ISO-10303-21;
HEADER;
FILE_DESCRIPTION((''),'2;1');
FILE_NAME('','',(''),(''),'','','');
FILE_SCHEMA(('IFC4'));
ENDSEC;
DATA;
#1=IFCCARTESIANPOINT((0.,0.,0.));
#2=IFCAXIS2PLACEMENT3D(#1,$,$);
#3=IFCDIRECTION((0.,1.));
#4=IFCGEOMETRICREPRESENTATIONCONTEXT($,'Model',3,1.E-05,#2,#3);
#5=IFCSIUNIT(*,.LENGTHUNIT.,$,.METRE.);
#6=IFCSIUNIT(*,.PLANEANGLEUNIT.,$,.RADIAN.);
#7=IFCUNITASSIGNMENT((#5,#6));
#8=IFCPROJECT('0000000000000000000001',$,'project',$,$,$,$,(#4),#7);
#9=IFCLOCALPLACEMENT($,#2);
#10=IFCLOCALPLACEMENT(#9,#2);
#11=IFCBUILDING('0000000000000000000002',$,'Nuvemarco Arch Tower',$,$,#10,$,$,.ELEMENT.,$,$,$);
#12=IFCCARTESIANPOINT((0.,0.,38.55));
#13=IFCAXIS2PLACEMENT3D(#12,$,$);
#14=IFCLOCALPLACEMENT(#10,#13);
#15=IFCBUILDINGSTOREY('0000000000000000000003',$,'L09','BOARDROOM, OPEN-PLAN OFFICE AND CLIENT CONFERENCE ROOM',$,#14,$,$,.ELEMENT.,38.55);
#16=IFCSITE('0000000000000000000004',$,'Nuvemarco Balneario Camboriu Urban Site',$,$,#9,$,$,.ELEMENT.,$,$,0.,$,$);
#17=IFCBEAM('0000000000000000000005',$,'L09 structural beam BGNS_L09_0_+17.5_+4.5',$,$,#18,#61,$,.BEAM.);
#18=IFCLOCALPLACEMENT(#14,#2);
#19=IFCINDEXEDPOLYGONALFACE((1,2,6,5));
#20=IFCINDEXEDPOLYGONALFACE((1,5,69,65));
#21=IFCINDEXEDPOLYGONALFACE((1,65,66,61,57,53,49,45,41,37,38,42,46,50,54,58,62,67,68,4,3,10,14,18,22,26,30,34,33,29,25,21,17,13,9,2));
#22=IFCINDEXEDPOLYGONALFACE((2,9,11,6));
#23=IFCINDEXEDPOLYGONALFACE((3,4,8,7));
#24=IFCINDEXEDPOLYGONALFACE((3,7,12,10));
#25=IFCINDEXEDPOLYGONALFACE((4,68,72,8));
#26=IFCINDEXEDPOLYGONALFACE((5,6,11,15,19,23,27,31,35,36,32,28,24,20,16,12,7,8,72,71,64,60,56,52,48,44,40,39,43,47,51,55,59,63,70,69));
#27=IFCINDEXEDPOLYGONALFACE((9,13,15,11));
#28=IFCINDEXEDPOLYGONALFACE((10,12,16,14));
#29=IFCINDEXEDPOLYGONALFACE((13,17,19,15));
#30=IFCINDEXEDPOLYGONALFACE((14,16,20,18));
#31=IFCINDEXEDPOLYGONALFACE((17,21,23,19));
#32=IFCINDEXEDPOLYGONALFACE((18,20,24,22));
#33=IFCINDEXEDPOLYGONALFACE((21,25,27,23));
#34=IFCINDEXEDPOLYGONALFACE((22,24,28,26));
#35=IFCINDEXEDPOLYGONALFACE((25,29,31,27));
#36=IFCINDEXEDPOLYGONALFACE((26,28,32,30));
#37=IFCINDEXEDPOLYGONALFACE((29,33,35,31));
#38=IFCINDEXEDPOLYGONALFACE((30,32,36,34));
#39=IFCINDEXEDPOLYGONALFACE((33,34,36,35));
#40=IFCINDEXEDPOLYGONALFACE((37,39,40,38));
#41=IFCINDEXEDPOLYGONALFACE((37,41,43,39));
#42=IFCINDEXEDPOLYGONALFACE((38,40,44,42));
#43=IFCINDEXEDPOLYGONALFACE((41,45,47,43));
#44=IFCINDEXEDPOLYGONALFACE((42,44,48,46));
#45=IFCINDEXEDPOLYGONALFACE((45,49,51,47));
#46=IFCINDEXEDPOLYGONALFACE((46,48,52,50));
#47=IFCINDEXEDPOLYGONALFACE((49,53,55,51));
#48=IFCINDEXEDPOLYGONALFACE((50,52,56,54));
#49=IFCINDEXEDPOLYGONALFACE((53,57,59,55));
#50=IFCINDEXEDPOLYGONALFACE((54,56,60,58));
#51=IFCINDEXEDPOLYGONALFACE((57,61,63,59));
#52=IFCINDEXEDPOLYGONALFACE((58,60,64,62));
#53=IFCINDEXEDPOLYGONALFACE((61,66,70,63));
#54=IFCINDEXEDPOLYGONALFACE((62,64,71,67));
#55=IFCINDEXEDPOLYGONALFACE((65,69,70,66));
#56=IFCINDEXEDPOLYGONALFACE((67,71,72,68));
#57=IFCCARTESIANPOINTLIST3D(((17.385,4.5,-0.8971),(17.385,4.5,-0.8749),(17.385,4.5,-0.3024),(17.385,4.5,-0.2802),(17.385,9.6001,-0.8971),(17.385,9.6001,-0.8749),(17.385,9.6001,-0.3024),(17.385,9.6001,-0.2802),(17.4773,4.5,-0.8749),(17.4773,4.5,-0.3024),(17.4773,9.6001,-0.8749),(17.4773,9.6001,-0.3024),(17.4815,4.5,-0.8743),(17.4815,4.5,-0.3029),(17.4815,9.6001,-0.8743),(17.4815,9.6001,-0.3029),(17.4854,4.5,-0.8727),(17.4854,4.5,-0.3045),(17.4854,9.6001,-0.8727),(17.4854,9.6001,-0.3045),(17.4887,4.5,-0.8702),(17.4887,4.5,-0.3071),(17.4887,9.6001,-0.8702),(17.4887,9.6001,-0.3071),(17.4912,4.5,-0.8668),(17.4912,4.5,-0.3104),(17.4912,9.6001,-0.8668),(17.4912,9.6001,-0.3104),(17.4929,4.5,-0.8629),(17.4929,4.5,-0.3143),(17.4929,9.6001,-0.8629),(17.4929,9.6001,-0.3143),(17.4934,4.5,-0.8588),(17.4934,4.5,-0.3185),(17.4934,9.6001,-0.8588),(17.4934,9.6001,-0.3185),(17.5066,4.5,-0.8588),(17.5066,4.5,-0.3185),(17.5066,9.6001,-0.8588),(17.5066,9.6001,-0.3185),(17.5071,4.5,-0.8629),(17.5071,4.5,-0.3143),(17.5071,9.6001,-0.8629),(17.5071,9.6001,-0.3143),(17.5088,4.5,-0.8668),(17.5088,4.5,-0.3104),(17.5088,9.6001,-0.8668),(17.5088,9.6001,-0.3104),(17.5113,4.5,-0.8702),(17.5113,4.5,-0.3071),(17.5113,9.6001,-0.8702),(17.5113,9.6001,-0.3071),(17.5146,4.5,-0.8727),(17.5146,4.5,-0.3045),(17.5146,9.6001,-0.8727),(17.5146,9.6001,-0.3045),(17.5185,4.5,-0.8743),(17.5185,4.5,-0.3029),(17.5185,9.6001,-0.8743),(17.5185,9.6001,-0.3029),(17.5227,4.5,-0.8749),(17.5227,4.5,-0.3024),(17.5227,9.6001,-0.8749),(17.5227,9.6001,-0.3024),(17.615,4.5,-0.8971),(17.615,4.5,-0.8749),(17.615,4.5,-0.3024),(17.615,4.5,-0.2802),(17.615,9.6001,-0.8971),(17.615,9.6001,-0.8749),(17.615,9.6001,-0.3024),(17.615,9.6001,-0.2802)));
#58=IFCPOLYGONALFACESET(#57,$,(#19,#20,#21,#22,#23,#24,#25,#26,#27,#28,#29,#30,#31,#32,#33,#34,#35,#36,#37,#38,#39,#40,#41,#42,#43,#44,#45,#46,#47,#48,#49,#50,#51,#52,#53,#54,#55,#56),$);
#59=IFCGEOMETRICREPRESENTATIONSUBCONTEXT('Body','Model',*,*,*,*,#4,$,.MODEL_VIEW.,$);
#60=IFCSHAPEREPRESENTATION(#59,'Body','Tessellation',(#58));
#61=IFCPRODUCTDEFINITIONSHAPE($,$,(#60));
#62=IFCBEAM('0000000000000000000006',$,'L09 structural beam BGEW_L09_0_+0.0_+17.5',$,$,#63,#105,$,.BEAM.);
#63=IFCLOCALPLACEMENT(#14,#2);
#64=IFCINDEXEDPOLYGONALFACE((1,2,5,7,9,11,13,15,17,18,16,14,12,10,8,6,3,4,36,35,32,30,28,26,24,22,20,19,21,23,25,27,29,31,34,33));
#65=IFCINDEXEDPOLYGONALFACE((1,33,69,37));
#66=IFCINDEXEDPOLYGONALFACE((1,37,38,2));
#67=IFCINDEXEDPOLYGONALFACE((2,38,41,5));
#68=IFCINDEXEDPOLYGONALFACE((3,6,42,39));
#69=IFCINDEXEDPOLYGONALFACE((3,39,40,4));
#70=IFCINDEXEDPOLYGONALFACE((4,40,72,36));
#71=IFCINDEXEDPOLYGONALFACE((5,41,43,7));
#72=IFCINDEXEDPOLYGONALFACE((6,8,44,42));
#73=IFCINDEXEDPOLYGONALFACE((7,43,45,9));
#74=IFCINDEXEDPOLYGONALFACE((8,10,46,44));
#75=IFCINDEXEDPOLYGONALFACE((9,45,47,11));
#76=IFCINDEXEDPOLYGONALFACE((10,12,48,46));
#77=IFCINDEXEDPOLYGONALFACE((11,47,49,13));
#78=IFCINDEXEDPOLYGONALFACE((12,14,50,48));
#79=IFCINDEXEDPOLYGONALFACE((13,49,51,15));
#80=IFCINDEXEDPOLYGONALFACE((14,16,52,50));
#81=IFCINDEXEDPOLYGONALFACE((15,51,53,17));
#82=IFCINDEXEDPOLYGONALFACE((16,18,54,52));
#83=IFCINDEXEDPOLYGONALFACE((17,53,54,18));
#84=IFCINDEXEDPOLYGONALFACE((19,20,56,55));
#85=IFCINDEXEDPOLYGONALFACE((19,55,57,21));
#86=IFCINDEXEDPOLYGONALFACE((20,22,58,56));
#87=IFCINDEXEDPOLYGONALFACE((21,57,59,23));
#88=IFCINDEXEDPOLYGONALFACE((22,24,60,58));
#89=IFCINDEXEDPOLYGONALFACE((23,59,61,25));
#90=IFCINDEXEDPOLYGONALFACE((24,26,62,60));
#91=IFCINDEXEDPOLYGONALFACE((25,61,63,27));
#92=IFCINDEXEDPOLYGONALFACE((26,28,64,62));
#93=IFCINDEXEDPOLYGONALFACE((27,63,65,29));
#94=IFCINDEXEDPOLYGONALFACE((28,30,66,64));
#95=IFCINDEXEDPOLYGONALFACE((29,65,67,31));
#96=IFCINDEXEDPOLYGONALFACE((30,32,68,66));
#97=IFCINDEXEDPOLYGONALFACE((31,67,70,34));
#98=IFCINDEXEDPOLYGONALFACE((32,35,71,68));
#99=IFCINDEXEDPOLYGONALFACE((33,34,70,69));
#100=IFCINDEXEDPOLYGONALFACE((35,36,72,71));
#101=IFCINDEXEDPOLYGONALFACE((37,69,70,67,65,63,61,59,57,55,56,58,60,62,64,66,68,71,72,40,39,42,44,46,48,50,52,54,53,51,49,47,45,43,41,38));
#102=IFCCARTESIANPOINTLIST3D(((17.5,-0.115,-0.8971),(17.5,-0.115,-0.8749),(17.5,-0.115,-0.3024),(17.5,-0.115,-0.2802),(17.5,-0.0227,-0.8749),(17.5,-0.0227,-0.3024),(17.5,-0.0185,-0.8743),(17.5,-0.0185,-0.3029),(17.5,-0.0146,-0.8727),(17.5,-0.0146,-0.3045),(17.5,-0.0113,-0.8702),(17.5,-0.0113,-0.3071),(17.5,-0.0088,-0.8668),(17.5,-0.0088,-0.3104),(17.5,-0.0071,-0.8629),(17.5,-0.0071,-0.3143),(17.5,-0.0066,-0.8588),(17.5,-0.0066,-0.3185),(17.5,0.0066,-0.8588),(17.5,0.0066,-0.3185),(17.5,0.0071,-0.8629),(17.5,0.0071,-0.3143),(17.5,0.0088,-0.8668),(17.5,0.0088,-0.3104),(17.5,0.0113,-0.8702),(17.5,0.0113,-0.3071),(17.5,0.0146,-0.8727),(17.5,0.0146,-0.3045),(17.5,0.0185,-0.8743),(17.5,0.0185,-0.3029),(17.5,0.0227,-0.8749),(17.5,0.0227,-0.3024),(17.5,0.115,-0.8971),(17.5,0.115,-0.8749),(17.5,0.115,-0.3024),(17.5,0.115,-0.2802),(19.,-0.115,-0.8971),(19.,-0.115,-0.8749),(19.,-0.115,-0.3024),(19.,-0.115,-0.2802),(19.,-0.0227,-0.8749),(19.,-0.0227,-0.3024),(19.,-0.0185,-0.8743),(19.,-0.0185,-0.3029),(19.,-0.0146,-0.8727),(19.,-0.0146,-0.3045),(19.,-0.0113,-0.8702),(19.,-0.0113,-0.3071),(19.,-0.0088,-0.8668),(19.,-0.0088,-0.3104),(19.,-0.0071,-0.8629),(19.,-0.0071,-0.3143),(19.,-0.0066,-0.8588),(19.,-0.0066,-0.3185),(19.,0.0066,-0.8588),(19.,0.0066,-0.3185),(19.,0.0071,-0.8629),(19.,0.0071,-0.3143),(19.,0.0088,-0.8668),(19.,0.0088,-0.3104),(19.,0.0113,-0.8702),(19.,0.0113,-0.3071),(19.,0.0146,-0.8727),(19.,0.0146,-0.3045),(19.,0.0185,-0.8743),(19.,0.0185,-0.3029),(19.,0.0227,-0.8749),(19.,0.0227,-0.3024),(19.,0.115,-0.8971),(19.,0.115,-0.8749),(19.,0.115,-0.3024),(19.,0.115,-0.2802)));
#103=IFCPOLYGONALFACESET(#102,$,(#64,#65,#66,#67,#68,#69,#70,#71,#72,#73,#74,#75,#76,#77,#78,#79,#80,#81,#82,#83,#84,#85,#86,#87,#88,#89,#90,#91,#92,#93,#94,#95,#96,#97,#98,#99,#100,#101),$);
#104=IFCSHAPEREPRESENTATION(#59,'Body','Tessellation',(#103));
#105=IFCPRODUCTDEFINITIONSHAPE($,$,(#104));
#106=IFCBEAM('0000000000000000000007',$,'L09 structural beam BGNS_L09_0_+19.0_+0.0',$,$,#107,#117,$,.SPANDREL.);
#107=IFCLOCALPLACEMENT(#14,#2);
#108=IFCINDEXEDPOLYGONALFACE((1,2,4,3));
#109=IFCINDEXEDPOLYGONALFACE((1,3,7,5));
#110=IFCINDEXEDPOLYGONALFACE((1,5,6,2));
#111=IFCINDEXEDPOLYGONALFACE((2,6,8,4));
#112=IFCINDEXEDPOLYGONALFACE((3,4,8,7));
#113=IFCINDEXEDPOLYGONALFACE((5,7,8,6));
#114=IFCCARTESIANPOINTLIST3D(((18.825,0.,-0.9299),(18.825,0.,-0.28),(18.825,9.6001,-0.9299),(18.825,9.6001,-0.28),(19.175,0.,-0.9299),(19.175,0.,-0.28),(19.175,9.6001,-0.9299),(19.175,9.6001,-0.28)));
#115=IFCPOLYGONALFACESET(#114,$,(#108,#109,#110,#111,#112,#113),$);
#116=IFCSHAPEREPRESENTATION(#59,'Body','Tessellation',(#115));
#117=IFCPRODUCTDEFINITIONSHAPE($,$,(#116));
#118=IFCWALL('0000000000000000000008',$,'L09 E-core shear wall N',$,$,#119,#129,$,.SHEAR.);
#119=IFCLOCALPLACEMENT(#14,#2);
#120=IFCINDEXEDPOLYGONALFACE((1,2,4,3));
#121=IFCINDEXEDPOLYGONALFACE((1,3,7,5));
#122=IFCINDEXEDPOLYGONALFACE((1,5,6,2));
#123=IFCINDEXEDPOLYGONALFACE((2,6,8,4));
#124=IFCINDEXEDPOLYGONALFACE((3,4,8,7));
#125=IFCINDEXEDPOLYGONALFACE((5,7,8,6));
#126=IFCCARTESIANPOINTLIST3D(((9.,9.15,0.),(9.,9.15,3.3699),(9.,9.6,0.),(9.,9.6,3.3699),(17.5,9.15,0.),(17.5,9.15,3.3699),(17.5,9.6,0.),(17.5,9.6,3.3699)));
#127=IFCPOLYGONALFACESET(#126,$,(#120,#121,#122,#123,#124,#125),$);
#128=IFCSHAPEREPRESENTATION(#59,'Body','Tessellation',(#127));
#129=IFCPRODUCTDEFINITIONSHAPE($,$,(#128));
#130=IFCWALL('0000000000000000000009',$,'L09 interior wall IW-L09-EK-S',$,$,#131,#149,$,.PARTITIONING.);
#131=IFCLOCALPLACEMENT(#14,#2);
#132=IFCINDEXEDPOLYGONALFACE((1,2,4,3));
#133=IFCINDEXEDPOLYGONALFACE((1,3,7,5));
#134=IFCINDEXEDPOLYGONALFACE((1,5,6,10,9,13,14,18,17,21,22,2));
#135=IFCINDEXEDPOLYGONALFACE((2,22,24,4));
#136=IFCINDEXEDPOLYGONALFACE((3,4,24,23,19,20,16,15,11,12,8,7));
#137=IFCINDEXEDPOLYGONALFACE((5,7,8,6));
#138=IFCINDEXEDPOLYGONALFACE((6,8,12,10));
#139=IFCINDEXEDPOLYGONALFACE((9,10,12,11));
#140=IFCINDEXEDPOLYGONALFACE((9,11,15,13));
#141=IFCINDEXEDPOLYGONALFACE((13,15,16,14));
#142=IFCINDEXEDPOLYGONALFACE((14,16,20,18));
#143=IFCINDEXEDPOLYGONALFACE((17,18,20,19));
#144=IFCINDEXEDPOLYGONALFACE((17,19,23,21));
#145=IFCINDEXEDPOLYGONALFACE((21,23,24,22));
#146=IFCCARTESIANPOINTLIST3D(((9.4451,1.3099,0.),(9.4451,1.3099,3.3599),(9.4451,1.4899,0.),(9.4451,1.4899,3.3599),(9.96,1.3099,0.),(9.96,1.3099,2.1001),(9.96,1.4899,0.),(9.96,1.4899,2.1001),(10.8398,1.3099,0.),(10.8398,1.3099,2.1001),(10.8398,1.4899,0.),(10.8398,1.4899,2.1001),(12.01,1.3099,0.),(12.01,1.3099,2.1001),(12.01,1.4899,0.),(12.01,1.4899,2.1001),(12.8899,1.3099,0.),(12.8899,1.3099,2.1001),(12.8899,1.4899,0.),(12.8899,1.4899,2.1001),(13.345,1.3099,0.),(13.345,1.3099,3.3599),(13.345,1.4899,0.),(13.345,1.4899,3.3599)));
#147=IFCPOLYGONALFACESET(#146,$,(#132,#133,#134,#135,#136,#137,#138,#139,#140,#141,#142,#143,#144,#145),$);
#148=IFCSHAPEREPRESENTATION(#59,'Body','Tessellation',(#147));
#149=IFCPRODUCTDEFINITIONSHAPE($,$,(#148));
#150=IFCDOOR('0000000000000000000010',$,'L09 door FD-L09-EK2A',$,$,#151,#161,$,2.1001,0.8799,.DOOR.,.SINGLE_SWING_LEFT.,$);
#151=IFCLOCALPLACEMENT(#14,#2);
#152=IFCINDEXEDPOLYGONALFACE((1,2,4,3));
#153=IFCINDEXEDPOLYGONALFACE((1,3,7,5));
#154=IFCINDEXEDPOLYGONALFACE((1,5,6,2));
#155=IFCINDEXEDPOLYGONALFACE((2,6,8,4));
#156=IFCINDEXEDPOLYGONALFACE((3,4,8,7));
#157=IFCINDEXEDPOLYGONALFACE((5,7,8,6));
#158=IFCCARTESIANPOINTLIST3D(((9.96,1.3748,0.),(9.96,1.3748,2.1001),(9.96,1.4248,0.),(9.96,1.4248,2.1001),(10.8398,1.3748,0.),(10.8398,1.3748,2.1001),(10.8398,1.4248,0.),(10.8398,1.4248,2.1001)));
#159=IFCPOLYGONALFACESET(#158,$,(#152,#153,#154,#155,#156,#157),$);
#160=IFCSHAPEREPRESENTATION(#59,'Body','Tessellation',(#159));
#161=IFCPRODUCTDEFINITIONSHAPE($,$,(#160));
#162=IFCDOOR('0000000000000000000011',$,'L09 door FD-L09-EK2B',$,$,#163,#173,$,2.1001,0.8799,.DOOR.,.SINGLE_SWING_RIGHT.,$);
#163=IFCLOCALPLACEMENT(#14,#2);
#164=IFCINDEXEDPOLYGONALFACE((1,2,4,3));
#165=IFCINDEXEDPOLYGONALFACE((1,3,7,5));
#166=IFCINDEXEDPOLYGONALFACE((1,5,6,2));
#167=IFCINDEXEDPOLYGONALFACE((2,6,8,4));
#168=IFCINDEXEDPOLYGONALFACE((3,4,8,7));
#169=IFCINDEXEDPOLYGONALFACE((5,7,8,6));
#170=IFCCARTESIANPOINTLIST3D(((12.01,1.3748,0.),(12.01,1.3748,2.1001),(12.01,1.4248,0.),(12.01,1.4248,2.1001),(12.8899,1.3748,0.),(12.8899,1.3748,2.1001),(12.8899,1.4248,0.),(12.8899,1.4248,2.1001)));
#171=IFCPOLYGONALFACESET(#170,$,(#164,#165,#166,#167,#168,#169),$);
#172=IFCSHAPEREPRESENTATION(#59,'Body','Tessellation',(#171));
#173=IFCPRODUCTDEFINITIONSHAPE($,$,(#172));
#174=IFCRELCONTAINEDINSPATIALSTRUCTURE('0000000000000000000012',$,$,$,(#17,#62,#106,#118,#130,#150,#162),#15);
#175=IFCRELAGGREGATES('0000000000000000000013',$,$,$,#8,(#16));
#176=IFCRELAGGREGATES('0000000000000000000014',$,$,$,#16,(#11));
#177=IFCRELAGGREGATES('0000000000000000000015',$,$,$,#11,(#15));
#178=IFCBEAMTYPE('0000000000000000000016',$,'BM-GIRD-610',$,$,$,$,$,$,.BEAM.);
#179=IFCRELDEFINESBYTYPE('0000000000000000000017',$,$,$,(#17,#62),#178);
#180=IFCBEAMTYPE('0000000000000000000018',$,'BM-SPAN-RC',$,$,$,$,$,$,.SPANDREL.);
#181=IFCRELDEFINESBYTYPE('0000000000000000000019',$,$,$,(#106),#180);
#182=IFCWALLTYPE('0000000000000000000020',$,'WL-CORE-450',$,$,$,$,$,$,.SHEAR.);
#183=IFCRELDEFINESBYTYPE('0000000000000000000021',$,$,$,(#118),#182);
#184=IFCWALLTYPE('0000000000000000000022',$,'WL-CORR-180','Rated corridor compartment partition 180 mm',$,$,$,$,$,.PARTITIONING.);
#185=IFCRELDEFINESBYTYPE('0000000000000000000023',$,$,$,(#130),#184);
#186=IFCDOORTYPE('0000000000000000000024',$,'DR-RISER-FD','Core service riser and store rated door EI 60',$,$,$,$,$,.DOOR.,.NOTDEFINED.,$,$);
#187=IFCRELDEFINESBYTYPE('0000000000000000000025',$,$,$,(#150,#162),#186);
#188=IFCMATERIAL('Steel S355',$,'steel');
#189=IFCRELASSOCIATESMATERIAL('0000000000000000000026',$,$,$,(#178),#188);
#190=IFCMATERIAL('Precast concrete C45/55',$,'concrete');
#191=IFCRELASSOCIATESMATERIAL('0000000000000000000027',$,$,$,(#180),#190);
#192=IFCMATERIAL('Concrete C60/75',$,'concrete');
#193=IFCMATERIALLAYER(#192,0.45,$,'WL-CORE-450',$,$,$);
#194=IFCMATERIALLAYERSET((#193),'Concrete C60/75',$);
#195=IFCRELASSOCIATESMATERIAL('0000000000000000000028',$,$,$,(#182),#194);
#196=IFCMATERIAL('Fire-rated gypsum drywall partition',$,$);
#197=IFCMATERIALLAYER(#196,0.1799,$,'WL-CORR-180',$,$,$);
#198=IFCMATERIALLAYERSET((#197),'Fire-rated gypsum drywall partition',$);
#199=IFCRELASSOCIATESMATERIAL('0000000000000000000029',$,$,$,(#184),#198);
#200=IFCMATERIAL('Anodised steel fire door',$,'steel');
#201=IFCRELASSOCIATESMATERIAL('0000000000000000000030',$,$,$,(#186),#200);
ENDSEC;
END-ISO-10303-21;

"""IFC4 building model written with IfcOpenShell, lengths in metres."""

from ifc_helpers import new_model, si_unit, direction, frame, frame_2d, origin, origin_2d, place, context, subcontext, project, spatial, rectangle, i_section, extrude, source, transform, mapped, material, layer, layer_set, material_profile, profile_set, type_object, type_shapes, element, fill, save


model = new_model("IFC4")

# Units and contexts
model_context = context("Model", 3, precision=1e-05, world=origin(), true_north=direction((0.0, 1.0)))
body_context = subcontext(model_context, "Body", "Model", "MODEL_VIEW")
ifc_project = project(units=[si_unit("LENGTHUNIT", "METRE"), si_unit("PLANEANGLEUNIT", "RADIAN")], contexts=[model_context])

# Site, building, storey
site_placement = place(None, origin())
site = spatial("IfcSite", under=ifc_project, at=site_placement, Name="Nuvemarco Balneario Camboriu Urban Site", CompositionType="ELEMENT", RefElevation=0.0)
building_placement = place(site_placement, origin())
building = spatial("IfcBuilding", under=site, at=building_placement, Name="Nuvemarco Arch Tower", CompositionType="ELEMENT")
storey_placement = place(building_placement, frame((0.0, 0.0, 38.55)))
storey = spatial("IfcBuildingStorey", under=building, at=storey_placement, Name="L09", Description="BOARDROOM, OPEN-PLAN OFFICE AND CLIENT CONFERENCE ROOM", CompositionType="ELEMENT", Elevation=38.55)

# Shared definitions
ifc_material_1 = material(Name="Concrete C60/75", Category="concrete")
ifc_material_2 = material(Name="Steel S355", Category="steel")

# Beams
ifc_material_profile_1 = material_profile(ifc_material_2, i_section(OverallWidth=0.23, OverallDepth=0.6169, WebThickness=0.0132, FlangeThickness=0.0222, FilletRadius=0.0161, at=origin_2d()), Name="W610x140")
ifc_profile_set_1 = profile_set([ifc_material_profile_1], Name="Steel S355")
beam_type_1 = type_object("IfcBeamType", Name="BM-GIRD-610", PredefinedType="BEAM", material=ifc_profile_set_1)
for number, where, z_axis, x_axis, name in (
    (1, (17.5, 4.5, -0.5886), (0.0, 1.0, 0.0), (-1.0, 0.0, 0.0), "L09 structural beam BGNS_L09_0_+17.5_+4.5"),
):
    element("IfcBeam", number, at=place(storey_placement, frame(where, z_axis=z_axis, x_axis=x_axis)), inside=storey, type_object=beam_type_1, Name=name, PredefinedType="BEAM", context=body_context, shape_type="SweptSolid", body=[
        extrude(i_section(OverallWidth=0.23, OverallDepth=0.6169, WebThickness=0.0132, FlangeThickness=0.0222, FilletRadius=0.0161, at=origin_2d()), origin(), (0.0, 0.0, 1.0), 5.1001),
    ])
beam_1_placement = place(storey_placement, frame((17.5, 0.0, -0.5886), z_axis=(1.0, 0.0, 0.0), x_axis=(0.0, 1.0, 0.0)))
element("IfcBeam", 2, at=beam_1_placement, inside=storey, type_object=beam_type_1, Name="L09 structural beam BGEW_L09_0_+0.0_+17.5", PredefinedType="BEAM", context=body_context, shape_type="SweptSolid", body=[
    extrude(i_section(OverallWidth=0.23, OverallDepth=0.6169, WebThickness=0.0132, FlangeThickness=0.0222, FilletRadius=0.0161, at=origin_2d()), origin(), (0.0, 0.0, 1.0), 1.5),
])
ifc_material_3 = material(Name="Precast concrete C45/55", Category="concrete")
ifc_material_profile_2 = material_profile(ifc_material_3, rectangle(XDim=0.3501, YDim=0.6499, at=origin_2d()), Name="PC-SP-350x650")
ifc_profile_set_2 = profile_set([ifc_material_profile_2], Name="Precast concrete C45/55")
beam_type_2 = type_object("IfcBeamType", Name="BM-SPAN-RC", PredefinedType="SPANDREL", material=ifc_profile_set_2)
beam_2_placement = place(storey_placement, frame((19.0, 0.0, -0.605), z_axis=(0.0, 1.0, 0.0), x_axis=(-1.0, 0.0, 0.0)))
element("IfcBeam", 3, at=beam_2_placement, inside=storey, type_object=beam_type_2, Name="L09 structural beam BGNS_L09_0_+19.0_+0.0", PredefinedType="SPANDREL", context=body_context, shape_type="SweptSolid", body=[
    extrude(rectangle(XDim=0.3501, YDim=0.6499, at=origin_2d()), origin(), (0.0, 0.0, 1.0), 9.6001),
])

# Wall
ifc_layer_1 = layer(ifc_material_1, 0.45, Name="WL-CORE-450")
ifc_layer_set_1 = layer_set([ifc_layer_1], Name="Concrete C60/75")
wall_type_1 = type_object("IfcWallType", Name="WL-CORE-450", PredefinedType="SHEAR", material=ifc_layer_set_1)
wall_1_placement = place(storey_placement, frame((9.0, 9.375, 0.0), z_axis=(0.0, 0.0, 1.0), x_axis=(1.0, 0.0, 0.0)))
element("IfcWall", 4, at=wall_1_placement, inside=storey, type_object=wall_type_1, Name="L09 E-core shear wall N", PredefinedType="SHEAR", context=body_context, shape_type="SweptSolid", body=[
    extrude(rectangle(XDim=8.5, YDim=0.45, at=frame_2d((4.25, 0.0))), origin(), (0.0, 0.0, 1.0), 3.3699),
])

# Wall, openings, doors
ifc_material_4 = material(Name="Fire-rated gypsum drywall partition")
ifc_layer_2 = layer(ifc_material_4, 0.1799, Name="WL-CORR-180")
ifc_layer_set_2 = layer_set([ifc_layer_2], Name="Fire-rated gypsum drywall partition")
wall_type_2 = type_object("IfcWallType", Name="WL-CORR-180", Description="Rated corridor compartment partition 180 mm", PredefinedType="PARTITIONING", material=ifc_layer_set_2)
wall_2_placement = place(storey_placement, frame((9.4451, 1.3999, 0.0), z_axis=(0.0, 0.0, 1.0), x_axis=(1.0, 0.0, 0.0)))
wall_2 = element("IfcWall", 5, at=wall_2_placement, inside=storey, type_object=wall_type_2, Name="L09 interior wall IW-L09-EK-S", PredefinedType="PARTITIONING", context=body_context, shape_type="SweptSolid", body=[
    extrude(rectangle(XDim=3.8999, YDim=0.1799, at=frame_2d((1.95, 0.0))), origin(), (0.0, 0.0, 1.0), 3.3599),
])
opening_1_placement = place(wall_2_placement, frame((0.5149, 0.0, 0.0)))
opening_1 = element("IfcOpeningElement", 6, at=opening_1_placement, cuts=wall_2, PredefinedType="OPENING", context=body_context, shape_type="SweptSolid", body=[
    extrude(rectangle(XDim=0.8799, YDim=2.1001, at=frame_2d((0.4399, 1.05))), frame((0.0, 0.0999, 0.0), z_axis=(0.0, -1.0, 0.0), x_axis=(1.0, 0.0, 0.0)), (0.0, 0.0, 1.0), 0.2),
])
opening_2_placement = place(wall_2_placement, frame((2.5649, 0.0, 0.0)))
opening_2 = element("IfcOpeningElement", 7, at=opening_2_placement, cuts=wall_2, PredefinedType="OPENING", context=body_context, shape_type="SweptSolid", body=[
    extrude(rectangle(XDim=0.8799, YDim=2.1001, at=frame_2d((0.4399, 1.05))), frame((0.0, 0.0999, 0.0), z_axis=(0.0, -1.0, 0.0), x_axis=(1.0, 0.0, 0.0)), (0.0, 0.0, 1.0), 0.2),
])
ifc_material_5 = material(Name="Anodised steel fire door", Category="steel")
door_type_1 = type_object("IfcDoorType", Name="DR-RISER-FD", Description="Core service riser and store rated door EI 60", OperationType="NOTDEFINED", PredefinedType="DOOR", material=ifc_material_5)
shared_shape_1 = source(origin(), body_context, "Body", "SweptSolid", [
    extrude(rectangle(XDim=0.8799, YDim=2.1001, at=frame_2d((0.4399, 1.05))), frame((0.0, 0.0249, 0.0), z_axis=(0.0, -1.0, 0.0), x_axis=(1.0, 0.0, 0.0)), (0.0, 0.0, 1.0), 0.05),
])
type_shapes(door_type_1, [shared_shape_1])
door_1_placement = place(opening_1_placement, origin())
door_1 = element("IfcDoor", 8, at=door_1_placement, inside=storey, type_object=door_type_1, Name="L09 door FD-L09-EK2A", OperationType="SINGLE_SWING_LEFT", OverallHeight=2.1001, OverallWidth=0.8799, PredefinedType="DOOR", context=body_context, shape_type="MappedRepresentation", body=[
    mapped(shared_shape_1, transform((0.0, 0.0, 0.0), scale=1.0)),
])
fill(opening_1, door_1)
door_2_placement = place(opening_2_placement, origin())
door_2 = element("IfcDoor", 9, at=door_2_placement, inside=storey, type_object=door_type_1, Name="L09 door FD-L09-EK2B", OperationType="SINGLE_SWING_RIGHT", OverallHeight=2.1001, OverallWidth=0.8799, PredefinedType="DOOR", context=body_context, shape_type="MappedRepresentation", body=[
    mapped(shared_shape_1, transform((0.0, 0.0, 0.0), scale=1.0)),
])
fill(opening_2, door_2)

save(model, "model.ifc")
